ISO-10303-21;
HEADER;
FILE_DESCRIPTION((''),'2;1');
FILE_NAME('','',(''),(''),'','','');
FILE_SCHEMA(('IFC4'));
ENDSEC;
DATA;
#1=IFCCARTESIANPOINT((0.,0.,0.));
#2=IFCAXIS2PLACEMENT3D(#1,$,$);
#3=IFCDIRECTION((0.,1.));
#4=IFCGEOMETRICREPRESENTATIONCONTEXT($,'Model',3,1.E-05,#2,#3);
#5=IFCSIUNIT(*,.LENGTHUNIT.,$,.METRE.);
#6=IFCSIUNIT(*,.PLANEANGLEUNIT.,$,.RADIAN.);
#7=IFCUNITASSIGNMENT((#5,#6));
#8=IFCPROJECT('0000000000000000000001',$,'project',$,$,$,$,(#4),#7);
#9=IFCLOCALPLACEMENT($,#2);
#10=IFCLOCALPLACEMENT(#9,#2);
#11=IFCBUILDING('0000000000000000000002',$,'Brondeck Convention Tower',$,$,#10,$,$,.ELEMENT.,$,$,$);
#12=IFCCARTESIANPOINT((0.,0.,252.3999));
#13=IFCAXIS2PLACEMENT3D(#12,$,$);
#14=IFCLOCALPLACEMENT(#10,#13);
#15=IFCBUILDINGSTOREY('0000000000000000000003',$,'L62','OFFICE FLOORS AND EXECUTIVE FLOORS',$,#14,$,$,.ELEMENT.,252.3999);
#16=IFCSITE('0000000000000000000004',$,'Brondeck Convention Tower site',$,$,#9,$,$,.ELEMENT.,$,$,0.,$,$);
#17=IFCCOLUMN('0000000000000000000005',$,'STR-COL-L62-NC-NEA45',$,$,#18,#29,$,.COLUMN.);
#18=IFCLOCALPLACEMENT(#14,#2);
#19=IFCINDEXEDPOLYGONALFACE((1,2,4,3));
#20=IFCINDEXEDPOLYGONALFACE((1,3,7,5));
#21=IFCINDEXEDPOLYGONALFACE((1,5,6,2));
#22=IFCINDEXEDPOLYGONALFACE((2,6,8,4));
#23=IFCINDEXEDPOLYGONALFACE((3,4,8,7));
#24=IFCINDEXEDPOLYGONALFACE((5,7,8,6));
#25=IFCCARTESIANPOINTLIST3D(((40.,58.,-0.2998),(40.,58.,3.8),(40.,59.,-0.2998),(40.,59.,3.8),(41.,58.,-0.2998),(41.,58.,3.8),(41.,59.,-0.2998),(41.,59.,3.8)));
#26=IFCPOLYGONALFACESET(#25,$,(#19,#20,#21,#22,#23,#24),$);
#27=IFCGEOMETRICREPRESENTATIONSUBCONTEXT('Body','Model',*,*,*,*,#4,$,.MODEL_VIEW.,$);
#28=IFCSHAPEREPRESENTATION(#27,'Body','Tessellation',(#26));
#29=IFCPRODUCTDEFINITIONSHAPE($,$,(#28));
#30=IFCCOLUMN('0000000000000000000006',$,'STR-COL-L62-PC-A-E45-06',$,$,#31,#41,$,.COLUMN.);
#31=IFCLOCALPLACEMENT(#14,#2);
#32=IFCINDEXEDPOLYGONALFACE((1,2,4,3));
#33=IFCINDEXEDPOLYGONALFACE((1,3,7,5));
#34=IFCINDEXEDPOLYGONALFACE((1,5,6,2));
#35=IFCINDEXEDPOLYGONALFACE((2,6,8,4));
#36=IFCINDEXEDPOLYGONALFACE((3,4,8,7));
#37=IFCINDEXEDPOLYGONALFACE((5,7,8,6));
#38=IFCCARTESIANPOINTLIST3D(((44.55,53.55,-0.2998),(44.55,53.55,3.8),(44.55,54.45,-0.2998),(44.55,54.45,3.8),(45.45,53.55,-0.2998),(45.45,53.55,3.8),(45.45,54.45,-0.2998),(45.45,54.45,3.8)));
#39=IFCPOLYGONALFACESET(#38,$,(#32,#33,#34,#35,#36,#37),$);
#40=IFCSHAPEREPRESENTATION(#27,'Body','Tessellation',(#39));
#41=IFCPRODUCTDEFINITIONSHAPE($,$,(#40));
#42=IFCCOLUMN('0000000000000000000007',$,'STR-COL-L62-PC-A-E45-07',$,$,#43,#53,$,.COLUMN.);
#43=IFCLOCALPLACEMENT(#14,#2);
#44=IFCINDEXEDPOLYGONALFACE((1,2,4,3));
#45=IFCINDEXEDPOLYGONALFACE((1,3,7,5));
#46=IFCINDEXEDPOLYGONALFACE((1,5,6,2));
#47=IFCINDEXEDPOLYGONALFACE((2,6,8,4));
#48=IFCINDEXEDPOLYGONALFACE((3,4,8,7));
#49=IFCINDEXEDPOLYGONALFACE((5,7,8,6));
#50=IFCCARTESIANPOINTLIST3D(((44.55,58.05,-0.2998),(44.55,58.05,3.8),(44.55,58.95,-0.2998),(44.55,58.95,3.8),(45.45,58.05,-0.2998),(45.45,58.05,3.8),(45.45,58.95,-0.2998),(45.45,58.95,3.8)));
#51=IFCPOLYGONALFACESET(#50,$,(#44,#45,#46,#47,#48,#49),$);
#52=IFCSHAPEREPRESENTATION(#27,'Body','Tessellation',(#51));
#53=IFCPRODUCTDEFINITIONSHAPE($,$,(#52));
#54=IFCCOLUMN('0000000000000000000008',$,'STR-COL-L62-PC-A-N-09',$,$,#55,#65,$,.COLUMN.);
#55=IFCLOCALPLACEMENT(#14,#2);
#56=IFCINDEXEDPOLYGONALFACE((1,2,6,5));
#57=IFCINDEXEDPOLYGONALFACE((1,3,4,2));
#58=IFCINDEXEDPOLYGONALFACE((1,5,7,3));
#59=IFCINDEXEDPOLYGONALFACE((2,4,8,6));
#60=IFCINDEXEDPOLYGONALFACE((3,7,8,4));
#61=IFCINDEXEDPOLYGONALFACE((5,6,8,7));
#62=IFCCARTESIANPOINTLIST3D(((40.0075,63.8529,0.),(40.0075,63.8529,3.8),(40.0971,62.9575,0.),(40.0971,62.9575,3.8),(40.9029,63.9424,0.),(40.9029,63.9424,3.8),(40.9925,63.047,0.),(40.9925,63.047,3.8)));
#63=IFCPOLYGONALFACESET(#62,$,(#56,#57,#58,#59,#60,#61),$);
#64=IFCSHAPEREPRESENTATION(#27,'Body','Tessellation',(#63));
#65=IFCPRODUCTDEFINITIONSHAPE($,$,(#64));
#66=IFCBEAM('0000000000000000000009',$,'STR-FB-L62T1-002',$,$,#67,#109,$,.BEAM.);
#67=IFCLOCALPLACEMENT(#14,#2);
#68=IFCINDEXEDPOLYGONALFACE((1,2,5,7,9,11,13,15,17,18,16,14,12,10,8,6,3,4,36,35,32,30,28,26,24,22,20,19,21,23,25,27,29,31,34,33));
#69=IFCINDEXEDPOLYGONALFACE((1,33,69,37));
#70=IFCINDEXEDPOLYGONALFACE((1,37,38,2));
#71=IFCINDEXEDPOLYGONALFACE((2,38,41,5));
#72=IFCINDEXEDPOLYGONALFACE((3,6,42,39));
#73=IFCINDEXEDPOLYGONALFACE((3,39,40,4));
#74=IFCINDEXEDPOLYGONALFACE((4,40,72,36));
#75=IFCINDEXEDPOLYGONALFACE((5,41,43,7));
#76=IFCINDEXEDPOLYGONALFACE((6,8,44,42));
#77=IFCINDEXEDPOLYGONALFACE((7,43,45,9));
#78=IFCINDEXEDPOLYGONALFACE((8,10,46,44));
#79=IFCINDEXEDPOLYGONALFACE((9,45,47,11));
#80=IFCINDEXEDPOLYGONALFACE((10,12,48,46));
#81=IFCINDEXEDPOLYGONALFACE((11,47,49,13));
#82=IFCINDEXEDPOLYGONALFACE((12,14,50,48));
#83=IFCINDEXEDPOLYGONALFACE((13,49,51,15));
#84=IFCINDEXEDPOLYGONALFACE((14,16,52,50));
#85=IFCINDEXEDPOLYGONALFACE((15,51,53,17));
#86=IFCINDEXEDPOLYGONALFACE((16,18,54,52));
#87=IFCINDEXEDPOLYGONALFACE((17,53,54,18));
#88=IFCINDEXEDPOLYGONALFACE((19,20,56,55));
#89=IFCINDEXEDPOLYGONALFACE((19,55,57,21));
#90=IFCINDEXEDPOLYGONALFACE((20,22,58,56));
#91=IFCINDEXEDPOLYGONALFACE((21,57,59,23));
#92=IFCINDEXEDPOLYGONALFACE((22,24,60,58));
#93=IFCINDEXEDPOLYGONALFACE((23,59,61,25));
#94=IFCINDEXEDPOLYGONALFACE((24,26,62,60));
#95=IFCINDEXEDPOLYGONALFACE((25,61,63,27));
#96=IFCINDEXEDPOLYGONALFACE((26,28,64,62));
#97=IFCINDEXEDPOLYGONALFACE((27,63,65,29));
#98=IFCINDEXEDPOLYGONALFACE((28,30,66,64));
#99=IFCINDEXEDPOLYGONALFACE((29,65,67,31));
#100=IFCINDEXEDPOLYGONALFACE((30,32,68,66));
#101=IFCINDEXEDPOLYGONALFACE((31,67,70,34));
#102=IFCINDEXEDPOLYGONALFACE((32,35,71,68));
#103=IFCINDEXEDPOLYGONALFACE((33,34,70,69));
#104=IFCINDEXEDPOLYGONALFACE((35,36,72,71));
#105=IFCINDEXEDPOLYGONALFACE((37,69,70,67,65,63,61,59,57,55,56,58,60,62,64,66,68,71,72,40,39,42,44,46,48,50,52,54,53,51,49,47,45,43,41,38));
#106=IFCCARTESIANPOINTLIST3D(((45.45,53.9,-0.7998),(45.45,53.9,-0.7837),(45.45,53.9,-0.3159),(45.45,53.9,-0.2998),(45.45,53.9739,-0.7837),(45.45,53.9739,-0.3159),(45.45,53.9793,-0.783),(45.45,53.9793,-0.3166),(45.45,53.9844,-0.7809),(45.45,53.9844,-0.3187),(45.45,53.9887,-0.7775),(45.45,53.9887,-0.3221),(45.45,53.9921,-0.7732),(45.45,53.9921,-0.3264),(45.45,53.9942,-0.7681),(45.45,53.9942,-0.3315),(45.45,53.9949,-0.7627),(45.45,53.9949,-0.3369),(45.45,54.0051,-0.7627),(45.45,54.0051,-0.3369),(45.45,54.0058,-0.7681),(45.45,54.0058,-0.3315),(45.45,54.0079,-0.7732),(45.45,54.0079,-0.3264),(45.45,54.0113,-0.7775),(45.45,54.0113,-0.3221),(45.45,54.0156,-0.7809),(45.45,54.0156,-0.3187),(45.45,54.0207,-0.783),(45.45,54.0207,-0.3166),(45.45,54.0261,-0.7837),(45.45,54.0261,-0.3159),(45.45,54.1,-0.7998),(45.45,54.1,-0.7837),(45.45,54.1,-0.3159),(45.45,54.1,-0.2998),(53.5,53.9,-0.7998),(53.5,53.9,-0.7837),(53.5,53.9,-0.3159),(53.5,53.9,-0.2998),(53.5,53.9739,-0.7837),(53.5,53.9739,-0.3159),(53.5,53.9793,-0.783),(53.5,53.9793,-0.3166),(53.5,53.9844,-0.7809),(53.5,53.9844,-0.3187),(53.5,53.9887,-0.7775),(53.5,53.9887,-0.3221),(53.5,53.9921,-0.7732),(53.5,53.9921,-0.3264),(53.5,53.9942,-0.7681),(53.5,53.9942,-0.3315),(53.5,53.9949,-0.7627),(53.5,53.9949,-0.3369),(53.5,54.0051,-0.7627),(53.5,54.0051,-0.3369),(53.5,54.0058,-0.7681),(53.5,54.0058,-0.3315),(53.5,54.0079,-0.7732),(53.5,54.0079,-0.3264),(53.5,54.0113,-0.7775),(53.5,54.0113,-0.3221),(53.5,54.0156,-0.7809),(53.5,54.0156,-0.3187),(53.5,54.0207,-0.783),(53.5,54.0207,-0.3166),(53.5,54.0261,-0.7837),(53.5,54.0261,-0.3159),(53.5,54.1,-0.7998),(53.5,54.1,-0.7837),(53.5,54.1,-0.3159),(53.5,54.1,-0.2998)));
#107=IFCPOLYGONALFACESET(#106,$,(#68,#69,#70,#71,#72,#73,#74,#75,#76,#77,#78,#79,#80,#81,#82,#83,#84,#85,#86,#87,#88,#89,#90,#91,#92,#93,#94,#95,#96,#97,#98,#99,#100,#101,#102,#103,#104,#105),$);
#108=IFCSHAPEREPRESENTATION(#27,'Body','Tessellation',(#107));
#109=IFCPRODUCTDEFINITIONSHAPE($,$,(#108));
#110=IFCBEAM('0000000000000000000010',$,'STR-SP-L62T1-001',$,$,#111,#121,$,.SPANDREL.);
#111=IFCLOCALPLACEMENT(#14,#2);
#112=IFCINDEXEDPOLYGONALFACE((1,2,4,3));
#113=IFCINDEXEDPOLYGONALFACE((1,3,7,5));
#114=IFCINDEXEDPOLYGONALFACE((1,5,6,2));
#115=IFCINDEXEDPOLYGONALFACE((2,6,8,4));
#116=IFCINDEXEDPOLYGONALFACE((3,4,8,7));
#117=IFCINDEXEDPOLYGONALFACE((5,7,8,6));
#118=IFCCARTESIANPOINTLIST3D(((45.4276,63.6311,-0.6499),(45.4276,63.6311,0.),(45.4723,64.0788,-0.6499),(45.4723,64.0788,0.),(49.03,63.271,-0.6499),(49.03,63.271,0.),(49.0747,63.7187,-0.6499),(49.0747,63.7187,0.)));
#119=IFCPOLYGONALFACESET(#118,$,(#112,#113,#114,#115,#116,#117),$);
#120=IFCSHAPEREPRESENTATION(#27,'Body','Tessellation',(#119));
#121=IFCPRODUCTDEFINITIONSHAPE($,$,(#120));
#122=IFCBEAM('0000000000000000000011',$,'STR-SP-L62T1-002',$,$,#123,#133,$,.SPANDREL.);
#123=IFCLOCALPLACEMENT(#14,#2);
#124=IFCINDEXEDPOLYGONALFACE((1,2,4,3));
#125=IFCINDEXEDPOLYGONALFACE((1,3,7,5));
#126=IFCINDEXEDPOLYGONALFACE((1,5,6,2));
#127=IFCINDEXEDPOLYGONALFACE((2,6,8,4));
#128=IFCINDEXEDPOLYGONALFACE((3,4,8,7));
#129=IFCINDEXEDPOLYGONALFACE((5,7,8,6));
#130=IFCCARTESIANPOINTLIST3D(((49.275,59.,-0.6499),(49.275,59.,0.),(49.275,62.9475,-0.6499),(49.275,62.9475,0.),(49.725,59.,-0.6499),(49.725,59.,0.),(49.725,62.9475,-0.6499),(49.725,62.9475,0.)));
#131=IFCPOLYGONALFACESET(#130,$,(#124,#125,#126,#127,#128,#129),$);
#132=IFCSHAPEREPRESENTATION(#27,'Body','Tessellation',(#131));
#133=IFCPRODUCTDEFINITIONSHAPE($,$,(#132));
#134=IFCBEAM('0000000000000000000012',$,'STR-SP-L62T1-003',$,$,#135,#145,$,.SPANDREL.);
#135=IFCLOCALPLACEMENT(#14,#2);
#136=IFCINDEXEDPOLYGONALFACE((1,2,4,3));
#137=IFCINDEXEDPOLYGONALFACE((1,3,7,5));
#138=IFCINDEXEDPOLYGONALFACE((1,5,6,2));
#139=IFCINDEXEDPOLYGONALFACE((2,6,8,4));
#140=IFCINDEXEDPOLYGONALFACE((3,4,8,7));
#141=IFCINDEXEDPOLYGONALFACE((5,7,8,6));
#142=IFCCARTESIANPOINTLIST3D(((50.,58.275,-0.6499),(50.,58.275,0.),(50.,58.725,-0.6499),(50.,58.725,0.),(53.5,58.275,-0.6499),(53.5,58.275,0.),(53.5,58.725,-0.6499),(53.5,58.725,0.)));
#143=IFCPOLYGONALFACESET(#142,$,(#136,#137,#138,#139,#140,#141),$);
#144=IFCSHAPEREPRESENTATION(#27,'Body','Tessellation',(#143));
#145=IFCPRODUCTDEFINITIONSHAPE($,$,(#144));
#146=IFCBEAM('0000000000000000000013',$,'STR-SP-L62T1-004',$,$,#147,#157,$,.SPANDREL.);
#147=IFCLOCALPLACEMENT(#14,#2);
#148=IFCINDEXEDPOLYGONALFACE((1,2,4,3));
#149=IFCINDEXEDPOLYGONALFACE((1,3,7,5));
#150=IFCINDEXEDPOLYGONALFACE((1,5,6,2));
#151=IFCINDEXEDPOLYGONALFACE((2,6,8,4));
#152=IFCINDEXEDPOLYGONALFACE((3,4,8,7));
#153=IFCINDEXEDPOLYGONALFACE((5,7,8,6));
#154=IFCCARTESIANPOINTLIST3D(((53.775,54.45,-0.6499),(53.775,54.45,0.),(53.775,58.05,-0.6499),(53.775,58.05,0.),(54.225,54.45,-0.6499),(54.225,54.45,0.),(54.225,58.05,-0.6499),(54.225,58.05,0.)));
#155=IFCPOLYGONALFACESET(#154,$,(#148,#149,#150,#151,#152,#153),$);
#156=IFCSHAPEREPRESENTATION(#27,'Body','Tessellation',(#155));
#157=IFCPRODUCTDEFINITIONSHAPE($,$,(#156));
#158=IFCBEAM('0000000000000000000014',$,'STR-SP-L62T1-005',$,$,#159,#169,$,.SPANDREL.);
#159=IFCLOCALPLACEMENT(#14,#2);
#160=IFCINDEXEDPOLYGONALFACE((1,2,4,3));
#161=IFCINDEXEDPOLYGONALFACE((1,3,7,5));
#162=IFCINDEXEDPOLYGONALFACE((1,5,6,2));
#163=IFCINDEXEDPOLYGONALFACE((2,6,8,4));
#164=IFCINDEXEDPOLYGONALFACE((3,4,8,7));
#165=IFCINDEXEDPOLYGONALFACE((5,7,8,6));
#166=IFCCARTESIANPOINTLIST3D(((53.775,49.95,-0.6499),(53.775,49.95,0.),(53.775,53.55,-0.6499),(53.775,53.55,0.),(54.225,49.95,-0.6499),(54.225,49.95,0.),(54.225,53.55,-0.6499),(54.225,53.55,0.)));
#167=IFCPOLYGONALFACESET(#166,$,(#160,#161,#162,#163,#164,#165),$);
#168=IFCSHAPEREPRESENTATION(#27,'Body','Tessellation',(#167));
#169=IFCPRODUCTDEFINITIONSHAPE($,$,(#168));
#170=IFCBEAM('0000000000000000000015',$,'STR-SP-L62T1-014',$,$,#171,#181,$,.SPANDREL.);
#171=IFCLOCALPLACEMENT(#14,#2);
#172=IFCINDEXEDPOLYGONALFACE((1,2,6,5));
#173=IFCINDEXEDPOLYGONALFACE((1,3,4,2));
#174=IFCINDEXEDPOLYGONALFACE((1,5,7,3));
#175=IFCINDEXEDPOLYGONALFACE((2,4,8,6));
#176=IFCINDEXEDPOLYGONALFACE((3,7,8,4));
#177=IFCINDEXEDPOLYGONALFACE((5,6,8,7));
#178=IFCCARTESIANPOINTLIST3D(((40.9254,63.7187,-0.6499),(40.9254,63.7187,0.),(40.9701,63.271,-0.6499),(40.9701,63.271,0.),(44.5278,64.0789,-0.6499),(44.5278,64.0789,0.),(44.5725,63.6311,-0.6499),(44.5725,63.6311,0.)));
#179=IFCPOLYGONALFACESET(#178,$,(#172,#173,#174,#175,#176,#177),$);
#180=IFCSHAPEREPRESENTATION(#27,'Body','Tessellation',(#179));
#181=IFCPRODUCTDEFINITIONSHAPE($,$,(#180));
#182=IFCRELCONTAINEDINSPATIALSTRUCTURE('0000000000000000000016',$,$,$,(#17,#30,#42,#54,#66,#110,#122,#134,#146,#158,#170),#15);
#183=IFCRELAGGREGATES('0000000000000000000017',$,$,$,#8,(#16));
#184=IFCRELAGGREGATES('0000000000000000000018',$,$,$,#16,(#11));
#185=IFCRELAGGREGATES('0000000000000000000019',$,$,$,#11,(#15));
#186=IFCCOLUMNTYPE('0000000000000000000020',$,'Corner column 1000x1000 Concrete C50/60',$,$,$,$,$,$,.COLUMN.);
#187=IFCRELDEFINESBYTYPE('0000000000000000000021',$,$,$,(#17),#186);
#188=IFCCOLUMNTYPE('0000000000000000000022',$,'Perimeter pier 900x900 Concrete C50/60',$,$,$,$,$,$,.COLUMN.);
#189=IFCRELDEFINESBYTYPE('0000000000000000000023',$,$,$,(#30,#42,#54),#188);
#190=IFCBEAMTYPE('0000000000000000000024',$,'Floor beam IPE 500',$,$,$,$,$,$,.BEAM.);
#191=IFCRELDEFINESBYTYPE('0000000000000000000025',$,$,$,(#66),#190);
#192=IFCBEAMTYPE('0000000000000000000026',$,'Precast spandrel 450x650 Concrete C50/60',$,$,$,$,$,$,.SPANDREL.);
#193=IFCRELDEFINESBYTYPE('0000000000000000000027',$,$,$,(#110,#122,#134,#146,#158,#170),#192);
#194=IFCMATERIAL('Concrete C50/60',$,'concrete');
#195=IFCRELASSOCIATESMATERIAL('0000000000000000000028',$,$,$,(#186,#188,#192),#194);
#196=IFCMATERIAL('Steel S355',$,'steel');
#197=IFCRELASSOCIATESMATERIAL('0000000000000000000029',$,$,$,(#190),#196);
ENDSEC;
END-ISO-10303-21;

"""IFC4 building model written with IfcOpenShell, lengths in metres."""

from ifc_helpers import new_model, si_unit, direction, frame, origin, origin_2d, place, context, subcontext, project, spatial, rectangle, i_section, extrude, material, material_profile, profile_set, type_object, element, save


model = new_model("IFC4")

# Units and contexts
model_context = context("Model", 3, precision=1e-05, world=origin(), true_north=direction((0.0, 1.0)))
body_context = subcontext(model_context, "Body", "Model", "MODEL_VIEW")
ifc_project = project(units=[si_unit("LENGTHUNIT", "METRE"), si_unit("PLANEANGLEUNIT", "RADIAN")], contexts=[model_context])

# Site, building, storey
site_placement = place(None, origin())
site = spatial("IfcSite", under=ifc_project, at=site_placement, Name="Brondeck Convention Tower site", CompositionType="ELEMENT", RefElevation=0.0)
building_placement = place(site_placement, origin())
building = spatial("IfcBuilding", under=site, at=building_placement, Name="Brondeck Convention Tower", CompositionType="ELEMENT")
storey_placement = place(building_placement, frame((0.0, 0.0, 252.3999)))
storey = spatial("IfcBuildingStorey", under=building, at=storey_placement, Name="L62", Description="OFFICE FLOORS AND EXECUTIVE FLOORS", CompositionType="ELEMENT", Elevation=252.3999)

# Columns
ifc_material_1 = material(Name="Concrete C50/60", Category="concrete")
ifc_material_profile_1 = material_profile(ifc_material_1, rectangle(XDim=1.0, YDim=1.0, at=origin_2d()), Name="Corner column 1000x1000 Concrete C50/60")
ifc_profile_set_1 = profile_set([ifc_material_profile_1], Name="Concrete C50/60")
column_type_1 = type_object("IfcColumnType", Name="Corner column 1000x1000 Concrete C50/60", PredefinedType="COLUMN", material=ifc_profile_set_1)
column_1_placement = place(storey_placement, frame((40.5, 58.5, -0.2998), z_axis=(0.0, 0.0, 1.0), x_axis=(1.0, 0.0, 0.0)))
element("IfcColumn", 1, at=column_1_placement, inside=storey, type_object=column_type_1, Name="STR-COL-L62-NC-NEA45", PredefinedType="COLUMN", context=body_context, shape_type="SweptSolid", body=[
    extrude(rectangle(XDim=1.0, YDim=1.0, at=origin_2d()), origin(), (0.0, 0.0, 1.0), 4.0999),
])
ifc_material_profile_2 = material_profile(ifc_material_1, rectangle(XDim=0.8999, YDim=0.8999, at=origin_2d()), Name="Perimeter pier 900x900 Concrete C50/60")
ifc_profile_set_2 = profile_set([ifc_material_profile_2], Name="Concrete C50/60")
column_type_2 = type_object("IfcColumnType", Name="Perimeter pier 900x900 Concrete C50/60", PredefinedType="COLUMN", material=ifc_profile_set_2)
for number, where, z_axis, x_axis, name in (
    (2, (45.0, 54.0, -0.2998), (0.0, 0.0, 1.0), (0.0, 1.0, 0.0), "STR-COL-L62-PC-A-E45-06"),
    (3, (45.0, 58.5, -0.2998), (0.0, 0.0, 1.0), (0.0, 1.0, 0.0), "STR-COL-L62-PC-A-E45-07"),
):
    element("IfcColumn", number, at=place(storey_placement, frame(where, z_axis=z_axis, x_axis=x_axis)), inside=storey, type_object=column_type_2, Name=name, PredefinedType="COLUMN", context=body_context, shape_type="SweptSolid", body=[
        extrude(rectangle(XDim=0.8999, YDim=0.8999, at=origin_2d()), origin(), (0.0, 0.0, 1.0), 4.0999),
    ])
column_2_placement = place(storey_placement, frame((40.5, 63.45, 0.0), z_axis=(0.0, 0.0, 1.0), x_axis=(-0.995037, -0.099504, 0.0)))
element("IfcColumn", 4, at=column_2_placement, inside=storey, type_object=column_type_2, Name="STR-COL-L62-PC-A-N-09", PredefinedType="COLUMN", context=body_context, shape_type="SweptSolid", body=[
    extrude(rectangle(XDim=0.8999, YDim=0.8999, at=origin_2d()), origin(), (0.0, 0.0, 1.0), 3.8),
])

# Beams
ifc_material_2 = material(Name="Steel S355", Category="steel")
ifc_material_profile_3 = material_profile(ifc_material_2, i_section(OverallWidth=0.2, OverallDepth=0.5, WebThickness=0.0103, FlangeThickness=0.0161, FilletRadius=0.021, at=origin_2d()), Name="IPE 500")
ifc_profile_set_3 = profile_set([ifc_material_profile_3], Name="Steel S355")
beam_type_1 = type_object("IfcBeamType", Name="Floor beam IPE 500", PredefinedType="BEAM", material=ifc_profile_set_3)
beam_1_placement = place(storey_placement, frame((45.45, 54.0, -0.5498), z_axis=(1.0, 0.0, 0.0), x_axis=(0.0, 1.0, 0.0)))
element("IfcBeam", 5, at=beam_1_placement, inside=storey, type_object=beam_type_1, Name="STR-FB-L62T1-002", PredefinedType="BEAM", context=body_context, shape_type="SweptSolid", body=[
    extrude(i_section(OverallWidth=0.2, OverallDepth=0.5, WebThickness=0.0103, FlangeThickness=0.0161, FilletRadius=0.021, at=origin_2d()), origin(), (0.0, 0.0, 1.0), 8.05),
])
ifc_material_profile_4 = material_profile(ifc_material_1, rectangle(XDim=0.45, YDim=0.6499, at=origin_2d()), Name="Precast spandrel 450x650 Concrete C50/60")
ifc_profile_set_4 = profile_set([ifc_material_profile_4], Name="Concrete C50/60")
beam_type_2 = type_object("IfcBeamType", Name="Precast spandrel 450x650 Concrete C50/60", PredefinedType="SPANDREL", material=ifc_profile_set_4)
beam_2_placement = place(storey_placement, frame((45.45, 63.855, -0.325), z_axis=(0.995041, -0.09947, 0.0), x_axis=(0.09947, 0.995041, 0.0)))
element("IfcBeam", 6, at=beam_2_placement, inside=storey, type_object=beam_type_2, Name="STR-SP-L62T1-001", PredefinedType="SPANDREL", context=body_context, shape_type="SweptSolid", body=[
    extrude(rectangle(XDim=0.45, YDim=0.6499, at=origin_2d()), origin(), (0.0, 0.0, 1.0), 3.6204),
])
beam_3_placement = place(storey_placement, frame((49.5, 62.9475, -0.325), z_axis=(0.0, -1.0, 0.0), x_axis=(1.0, 0.0, 0.0)))
element("IfcBeam", 7, at=beam_3_placement, inside=storey, type_object=beam_type_2, Name="STR-SP-L62T1-002", PredefinedType="SPANDREL", context=body_context, shape_type="SweptSolid", body=[
    extrude(rectangle(XDim=0.45, YDim=0.6499, at=origin_2d()), origin(), (0.0, 0.0, 1.0), 3.9475),
])
beam_4_placement = place(storey_placement, frame((50.0, 58.5, -0.325), z_axis=(1.0, 0.0, 0.0), x_axis=(0.0, 1.0, 0.0)))
element("IfcBeam", 8, at=beam_4_placement, inside=storey, type_object=beam_type_2, Name="STR-SP-L62T1-003", PredefinedType="SPANDREL", context=body_context, shape_type="SweptSolid", body=[
    extrude(rectangle(XDim=0.45, YDim=0.6499, at=origin_2d()), origin(), (0.0, 0.0, 1.0), 3.5),
])
for number, where, z_axis, x_axis, name in (
    (9, (54.0, 58.05, -0.325), (0.0, -1.0, 0.0), (1.0, 0.0, 0.0), "STR-SP-L62T1-004"),
    (10, (54.0, 53.55, -0.325), (0.0, -1.0, 0.0), (1.0, 0.0, 0.0), "STR-SP-L62T1-005"),
):
    element("IfcBeam", number, at=place(storey_placement, frame(where, z_axis=z_axis, x_axis=x_axis)), inside=storey, type_object=beam_type_2, Name=name, PredefinedType="SPANDREL", context=body_context, shape_type="SweptSolid", body=[
        extrude(rectangle(XDim=0.45, YDim=0.6499, at=origin_2d()), origin(), (0.0, 0.0, 1.0), 3.6001),
    ])
beam_5_placement = place(storey_placement, frame((40.9478, 63.4949, -0.325), z_axis=(0.995041, 0.09947, 0.0), x_axis=(-0.09947, 0.995041, 0.0)))
element("IfcBeam", 11, at=beam_5_placement, inside=storey, type_object=beam_type_2, Name="STR-SP-L62T1-014", PredefinedType="SPANDREL", context=body_context, shape_type="SweptSolid", body=[
    extrude(rectangle(XDim=0.45, YDim=0.6499, at=origin_2d()), origin(), (0.0, 0.0, 1.0), 3.6204),
])

save(model, "model.ifc")
